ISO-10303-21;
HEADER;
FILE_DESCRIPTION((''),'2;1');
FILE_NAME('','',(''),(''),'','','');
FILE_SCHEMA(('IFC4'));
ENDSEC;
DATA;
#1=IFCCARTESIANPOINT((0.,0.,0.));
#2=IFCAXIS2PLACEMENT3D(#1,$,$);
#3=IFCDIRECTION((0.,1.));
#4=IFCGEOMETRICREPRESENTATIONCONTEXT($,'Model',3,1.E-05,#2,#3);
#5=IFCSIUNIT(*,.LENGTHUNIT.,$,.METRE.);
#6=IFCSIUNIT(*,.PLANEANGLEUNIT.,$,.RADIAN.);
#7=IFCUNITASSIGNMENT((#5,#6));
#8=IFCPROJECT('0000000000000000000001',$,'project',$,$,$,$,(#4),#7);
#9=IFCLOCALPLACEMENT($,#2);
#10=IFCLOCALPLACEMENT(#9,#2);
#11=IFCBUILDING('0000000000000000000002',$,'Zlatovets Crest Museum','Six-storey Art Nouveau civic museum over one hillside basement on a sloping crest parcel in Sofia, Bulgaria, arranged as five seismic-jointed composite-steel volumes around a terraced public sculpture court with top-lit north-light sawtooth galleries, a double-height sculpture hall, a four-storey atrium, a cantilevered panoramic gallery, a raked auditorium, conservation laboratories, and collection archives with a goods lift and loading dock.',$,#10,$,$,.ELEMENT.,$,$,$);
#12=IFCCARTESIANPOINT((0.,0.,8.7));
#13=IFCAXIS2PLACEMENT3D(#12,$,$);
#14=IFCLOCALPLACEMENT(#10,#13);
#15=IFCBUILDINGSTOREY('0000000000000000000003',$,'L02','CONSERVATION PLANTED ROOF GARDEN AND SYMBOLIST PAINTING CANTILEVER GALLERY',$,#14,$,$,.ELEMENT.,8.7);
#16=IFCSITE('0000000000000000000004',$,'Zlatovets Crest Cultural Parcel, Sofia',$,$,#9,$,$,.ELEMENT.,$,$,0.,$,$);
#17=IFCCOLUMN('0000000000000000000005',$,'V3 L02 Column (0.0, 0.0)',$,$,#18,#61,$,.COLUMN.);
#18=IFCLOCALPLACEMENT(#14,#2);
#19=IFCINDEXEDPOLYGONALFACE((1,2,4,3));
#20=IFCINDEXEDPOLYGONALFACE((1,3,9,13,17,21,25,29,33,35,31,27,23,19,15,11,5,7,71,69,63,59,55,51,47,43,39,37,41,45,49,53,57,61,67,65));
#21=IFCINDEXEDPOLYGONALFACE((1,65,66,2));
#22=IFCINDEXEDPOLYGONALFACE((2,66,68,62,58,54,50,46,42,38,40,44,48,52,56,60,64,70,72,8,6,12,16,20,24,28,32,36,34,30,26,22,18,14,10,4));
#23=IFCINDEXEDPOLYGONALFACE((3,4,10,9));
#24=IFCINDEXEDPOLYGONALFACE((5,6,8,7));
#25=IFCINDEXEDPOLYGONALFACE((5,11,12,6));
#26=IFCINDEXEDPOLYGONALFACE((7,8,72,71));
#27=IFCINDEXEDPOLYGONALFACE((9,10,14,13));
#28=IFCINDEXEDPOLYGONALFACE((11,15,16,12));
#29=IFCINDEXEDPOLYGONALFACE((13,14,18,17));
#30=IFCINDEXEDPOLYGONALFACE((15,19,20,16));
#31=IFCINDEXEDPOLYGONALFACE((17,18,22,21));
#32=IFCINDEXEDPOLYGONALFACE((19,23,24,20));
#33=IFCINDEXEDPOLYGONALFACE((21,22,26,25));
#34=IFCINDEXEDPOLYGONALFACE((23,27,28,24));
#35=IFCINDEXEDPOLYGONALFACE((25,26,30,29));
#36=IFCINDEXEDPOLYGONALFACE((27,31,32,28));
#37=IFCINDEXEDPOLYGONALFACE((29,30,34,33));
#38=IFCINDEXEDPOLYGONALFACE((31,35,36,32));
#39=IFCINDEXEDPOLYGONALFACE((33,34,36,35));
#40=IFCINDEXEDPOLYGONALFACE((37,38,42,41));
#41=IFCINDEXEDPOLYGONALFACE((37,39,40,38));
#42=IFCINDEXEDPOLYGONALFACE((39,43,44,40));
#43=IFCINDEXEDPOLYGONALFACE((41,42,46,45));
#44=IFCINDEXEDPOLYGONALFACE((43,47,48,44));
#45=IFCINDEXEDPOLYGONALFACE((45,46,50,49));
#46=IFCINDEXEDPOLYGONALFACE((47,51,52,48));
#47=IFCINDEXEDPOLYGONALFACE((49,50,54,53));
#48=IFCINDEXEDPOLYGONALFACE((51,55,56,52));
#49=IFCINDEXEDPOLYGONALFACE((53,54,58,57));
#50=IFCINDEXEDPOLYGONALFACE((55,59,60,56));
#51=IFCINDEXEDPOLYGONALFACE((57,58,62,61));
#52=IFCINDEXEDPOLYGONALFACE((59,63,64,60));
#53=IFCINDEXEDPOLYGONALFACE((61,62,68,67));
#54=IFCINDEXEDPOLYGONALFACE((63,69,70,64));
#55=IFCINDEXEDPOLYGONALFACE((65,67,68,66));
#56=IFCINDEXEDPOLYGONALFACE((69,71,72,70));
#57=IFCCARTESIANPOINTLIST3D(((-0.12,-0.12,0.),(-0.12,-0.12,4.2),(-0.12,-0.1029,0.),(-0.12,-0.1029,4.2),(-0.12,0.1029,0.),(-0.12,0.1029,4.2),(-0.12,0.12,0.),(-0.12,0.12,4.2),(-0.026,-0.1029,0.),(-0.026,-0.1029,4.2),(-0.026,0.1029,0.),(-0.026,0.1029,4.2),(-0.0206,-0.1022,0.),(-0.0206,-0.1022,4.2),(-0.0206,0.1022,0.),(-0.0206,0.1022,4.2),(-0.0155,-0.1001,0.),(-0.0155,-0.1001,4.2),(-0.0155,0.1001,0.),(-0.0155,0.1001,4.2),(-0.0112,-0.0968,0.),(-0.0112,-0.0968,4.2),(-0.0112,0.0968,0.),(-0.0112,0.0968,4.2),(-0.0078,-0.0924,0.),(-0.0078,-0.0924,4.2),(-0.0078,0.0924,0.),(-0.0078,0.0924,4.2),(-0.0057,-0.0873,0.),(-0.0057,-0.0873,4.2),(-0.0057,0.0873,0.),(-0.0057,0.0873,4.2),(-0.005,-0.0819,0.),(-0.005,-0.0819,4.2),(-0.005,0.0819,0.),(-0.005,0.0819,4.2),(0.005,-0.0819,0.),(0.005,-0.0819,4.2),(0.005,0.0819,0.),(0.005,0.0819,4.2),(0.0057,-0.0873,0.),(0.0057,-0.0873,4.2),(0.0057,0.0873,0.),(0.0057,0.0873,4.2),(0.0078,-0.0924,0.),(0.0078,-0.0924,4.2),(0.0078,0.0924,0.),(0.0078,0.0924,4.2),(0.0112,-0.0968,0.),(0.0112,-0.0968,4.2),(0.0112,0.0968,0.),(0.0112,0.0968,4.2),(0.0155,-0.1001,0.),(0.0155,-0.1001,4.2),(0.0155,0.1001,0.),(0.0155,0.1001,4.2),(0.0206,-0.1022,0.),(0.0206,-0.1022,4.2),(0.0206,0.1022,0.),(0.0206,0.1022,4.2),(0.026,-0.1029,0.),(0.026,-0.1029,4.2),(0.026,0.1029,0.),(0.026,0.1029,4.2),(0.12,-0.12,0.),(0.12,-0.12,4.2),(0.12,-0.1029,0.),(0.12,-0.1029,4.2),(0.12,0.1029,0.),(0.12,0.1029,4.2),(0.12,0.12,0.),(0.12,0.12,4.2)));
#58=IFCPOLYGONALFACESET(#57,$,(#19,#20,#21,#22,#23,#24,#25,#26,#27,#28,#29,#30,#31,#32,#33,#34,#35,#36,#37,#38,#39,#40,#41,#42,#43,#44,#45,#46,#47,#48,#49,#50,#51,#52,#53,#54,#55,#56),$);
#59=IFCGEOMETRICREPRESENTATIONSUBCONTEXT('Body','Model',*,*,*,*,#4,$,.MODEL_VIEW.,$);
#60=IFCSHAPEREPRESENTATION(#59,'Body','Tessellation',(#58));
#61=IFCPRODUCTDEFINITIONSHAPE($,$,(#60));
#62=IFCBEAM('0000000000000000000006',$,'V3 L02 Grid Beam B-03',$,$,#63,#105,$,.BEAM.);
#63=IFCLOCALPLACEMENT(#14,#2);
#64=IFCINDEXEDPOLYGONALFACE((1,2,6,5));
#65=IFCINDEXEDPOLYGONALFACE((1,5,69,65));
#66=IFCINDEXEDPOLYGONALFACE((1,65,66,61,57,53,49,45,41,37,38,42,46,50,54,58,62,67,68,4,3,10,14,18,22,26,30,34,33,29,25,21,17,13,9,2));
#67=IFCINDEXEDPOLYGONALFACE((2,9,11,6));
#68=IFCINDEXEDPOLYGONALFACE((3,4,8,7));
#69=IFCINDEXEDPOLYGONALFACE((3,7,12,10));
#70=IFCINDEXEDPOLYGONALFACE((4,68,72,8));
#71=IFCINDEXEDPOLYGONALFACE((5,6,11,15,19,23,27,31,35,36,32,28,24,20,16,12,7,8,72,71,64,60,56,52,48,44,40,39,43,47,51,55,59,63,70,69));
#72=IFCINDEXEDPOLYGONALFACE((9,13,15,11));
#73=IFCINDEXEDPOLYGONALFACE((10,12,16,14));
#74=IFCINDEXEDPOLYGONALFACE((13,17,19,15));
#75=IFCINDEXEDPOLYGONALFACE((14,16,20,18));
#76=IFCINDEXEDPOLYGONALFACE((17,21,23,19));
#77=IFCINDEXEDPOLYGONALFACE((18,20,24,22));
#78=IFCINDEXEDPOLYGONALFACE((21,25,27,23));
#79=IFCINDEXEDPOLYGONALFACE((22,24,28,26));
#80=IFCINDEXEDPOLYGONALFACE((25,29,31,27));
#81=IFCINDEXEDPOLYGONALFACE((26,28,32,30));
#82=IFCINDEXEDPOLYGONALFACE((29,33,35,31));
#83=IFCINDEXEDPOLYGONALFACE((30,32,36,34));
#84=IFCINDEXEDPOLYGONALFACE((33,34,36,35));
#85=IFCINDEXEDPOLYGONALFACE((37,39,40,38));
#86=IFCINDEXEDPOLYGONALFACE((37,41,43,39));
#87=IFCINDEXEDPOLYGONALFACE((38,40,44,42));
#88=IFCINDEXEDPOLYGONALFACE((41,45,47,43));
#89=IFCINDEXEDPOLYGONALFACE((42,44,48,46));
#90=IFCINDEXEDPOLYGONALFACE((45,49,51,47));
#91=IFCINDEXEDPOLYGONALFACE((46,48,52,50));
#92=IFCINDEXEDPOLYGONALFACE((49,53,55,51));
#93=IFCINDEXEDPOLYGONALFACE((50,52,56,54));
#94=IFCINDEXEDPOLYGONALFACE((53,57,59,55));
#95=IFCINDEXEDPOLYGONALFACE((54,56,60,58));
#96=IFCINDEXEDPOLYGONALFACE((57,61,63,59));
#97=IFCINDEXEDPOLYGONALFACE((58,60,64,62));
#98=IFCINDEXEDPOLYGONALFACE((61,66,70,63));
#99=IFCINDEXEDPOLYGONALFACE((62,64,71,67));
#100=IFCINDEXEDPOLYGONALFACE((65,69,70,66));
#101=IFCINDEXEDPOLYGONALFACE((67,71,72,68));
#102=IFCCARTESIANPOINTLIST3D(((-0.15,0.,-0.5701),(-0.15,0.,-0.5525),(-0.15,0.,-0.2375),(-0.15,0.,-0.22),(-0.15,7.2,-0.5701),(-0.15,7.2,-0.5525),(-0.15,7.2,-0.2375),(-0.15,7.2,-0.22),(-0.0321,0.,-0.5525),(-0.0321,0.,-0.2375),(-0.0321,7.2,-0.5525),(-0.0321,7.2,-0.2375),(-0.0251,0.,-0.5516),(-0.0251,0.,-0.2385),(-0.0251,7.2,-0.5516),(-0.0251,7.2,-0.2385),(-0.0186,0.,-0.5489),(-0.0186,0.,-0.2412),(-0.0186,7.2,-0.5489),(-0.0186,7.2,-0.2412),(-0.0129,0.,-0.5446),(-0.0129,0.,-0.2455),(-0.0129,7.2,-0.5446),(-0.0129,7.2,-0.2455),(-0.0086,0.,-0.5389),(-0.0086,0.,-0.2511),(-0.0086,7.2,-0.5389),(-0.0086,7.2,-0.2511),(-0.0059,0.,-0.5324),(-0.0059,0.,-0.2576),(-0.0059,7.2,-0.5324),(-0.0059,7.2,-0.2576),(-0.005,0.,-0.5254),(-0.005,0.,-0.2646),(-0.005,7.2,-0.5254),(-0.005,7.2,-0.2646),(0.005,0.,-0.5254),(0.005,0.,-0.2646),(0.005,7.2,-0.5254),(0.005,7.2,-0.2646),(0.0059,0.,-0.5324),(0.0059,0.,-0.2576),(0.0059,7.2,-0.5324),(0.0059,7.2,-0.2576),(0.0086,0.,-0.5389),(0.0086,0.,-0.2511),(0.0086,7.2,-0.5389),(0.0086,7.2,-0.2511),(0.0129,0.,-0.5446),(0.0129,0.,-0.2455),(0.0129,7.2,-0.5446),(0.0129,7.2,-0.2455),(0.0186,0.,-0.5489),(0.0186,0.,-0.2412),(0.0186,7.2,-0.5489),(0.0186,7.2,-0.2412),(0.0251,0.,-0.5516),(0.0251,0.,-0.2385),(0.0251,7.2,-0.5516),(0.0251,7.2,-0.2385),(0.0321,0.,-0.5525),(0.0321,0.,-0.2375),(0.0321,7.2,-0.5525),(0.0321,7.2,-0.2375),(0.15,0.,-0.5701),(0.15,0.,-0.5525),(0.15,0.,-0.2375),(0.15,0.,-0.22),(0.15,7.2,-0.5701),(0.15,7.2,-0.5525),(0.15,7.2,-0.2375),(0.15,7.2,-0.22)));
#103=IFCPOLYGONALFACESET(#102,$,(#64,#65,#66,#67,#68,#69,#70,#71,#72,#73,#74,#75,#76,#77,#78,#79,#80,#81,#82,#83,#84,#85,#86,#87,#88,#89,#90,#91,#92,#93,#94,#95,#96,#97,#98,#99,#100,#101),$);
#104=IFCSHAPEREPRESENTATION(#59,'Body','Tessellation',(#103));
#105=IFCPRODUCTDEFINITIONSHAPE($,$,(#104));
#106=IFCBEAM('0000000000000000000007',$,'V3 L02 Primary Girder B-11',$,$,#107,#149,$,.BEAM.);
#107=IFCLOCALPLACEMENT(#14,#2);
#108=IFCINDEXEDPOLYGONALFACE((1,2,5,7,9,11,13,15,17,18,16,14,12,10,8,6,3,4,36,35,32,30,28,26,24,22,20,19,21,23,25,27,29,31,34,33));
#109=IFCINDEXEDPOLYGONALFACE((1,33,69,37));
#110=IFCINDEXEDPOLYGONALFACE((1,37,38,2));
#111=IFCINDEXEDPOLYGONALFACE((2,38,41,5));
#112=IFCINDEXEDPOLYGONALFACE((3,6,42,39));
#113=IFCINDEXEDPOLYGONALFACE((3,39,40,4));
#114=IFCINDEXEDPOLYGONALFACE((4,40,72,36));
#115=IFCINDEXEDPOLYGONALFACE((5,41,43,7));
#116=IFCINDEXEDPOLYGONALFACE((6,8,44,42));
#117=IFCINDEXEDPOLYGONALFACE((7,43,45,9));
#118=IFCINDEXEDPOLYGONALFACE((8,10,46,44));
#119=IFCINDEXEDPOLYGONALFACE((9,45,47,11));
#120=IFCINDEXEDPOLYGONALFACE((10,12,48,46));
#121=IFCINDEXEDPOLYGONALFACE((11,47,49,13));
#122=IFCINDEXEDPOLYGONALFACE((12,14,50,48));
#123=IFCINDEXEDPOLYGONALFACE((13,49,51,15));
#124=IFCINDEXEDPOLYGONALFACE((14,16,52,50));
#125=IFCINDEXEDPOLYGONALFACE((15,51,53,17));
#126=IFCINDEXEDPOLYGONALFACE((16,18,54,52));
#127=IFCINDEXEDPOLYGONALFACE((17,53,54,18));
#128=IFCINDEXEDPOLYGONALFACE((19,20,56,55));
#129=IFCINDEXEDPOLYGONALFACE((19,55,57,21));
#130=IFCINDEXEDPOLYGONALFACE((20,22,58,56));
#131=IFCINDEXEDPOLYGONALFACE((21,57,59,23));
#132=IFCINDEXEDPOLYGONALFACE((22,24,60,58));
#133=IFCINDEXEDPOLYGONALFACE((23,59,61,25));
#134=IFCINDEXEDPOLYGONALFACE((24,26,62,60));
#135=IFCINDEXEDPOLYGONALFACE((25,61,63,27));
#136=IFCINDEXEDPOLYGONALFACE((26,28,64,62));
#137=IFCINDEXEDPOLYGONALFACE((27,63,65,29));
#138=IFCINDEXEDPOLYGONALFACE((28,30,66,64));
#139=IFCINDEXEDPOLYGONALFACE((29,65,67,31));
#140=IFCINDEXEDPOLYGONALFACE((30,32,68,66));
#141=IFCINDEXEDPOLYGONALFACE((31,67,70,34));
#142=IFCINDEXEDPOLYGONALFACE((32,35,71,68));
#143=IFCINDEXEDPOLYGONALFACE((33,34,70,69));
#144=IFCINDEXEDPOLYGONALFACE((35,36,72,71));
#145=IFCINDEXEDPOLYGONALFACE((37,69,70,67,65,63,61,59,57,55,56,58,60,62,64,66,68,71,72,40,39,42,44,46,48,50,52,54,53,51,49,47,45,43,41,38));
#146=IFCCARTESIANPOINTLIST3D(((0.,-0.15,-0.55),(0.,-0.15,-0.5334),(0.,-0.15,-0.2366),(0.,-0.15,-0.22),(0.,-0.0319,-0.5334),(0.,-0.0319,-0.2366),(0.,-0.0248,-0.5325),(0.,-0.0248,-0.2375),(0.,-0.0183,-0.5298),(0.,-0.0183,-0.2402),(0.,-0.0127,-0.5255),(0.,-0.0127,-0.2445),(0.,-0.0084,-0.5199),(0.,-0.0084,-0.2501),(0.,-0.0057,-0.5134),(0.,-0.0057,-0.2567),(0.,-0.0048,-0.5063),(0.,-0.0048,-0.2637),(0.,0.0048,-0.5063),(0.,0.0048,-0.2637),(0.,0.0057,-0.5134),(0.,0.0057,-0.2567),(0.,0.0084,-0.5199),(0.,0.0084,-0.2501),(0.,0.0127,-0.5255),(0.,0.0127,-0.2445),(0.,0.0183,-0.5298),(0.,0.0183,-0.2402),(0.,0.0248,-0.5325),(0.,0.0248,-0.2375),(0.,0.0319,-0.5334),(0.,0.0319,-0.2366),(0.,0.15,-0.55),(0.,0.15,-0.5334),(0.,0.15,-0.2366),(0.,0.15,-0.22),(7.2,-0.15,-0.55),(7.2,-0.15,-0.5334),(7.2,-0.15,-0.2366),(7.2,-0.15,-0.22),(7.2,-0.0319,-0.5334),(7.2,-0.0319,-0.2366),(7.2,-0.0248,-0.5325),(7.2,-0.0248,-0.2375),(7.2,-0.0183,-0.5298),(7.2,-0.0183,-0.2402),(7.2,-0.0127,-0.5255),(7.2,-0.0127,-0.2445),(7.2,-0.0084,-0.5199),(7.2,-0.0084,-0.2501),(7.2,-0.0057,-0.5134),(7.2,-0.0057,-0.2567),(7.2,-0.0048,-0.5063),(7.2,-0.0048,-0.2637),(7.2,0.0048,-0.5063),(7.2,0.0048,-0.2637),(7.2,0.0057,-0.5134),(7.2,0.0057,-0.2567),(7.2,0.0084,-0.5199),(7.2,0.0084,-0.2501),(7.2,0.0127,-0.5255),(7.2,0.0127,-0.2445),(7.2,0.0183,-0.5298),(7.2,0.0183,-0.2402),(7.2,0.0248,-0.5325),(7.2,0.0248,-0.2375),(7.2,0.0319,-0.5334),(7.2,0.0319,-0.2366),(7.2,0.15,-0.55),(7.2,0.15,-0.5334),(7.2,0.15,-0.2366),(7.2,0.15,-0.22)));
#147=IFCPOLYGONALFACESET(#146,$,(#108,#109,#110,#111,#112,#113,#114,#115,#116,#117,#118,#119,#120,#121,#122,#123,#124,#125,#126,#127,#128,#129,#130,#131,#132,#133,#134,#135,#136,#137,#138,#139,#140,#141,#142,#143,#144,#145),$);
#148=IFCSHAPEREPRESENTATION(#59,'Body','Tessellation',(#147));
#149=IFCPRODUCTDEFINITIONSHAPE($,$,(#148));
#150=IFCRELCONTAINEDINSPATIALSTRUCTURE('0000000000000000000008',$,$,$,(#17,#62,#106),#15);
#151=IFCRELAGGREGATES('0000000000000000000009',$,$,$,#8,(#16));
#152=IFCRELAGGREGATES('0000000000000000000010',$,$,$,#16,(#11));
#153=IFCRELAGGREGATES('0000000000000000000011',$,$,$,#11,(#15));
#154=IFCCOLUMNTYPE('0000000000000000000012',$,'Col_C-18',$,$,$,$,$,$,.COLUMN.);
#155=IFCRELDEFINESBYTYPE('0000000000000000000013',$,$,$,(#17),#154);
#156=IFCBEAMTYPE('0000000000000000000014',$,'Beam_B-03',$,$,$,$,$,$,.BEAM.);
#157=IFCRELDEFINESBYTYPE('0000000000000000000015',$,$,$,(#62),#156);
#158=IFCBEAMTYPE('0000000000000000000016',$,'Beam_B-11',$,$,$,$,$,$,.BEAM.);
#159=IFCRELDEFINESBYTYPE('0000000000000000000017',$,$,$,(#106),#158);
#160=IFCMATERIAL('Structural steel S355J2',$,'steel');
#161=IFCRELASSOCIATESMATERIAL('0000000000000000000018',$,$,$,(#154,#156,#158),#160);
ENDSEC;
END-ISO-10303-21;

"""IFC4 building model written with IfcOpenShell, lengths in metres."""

from ifc_helpers import new_model, si_unit, direction, frame, origin, origin_with_axes, origin_2d, place, context, subcontext, project, spatial, i_section, extrude, material, material_profile, profile_set, type_object, element, save


model = new_model("IFC4")

# Units and contexts
model_context = context("Model", 3, precision=1e-05, world=origin(), true_north=direction((0.0, 1.0)))
body_context = subcontext(model_context, "Body", "Model", "MODEL_VIEW")
ifc_project = project(units=[si_unit("LENGTHUNIT", "METRE"), si_unit("PLANEANGLEUNIT", "RADIAN")], contexts=[model_context])

# Site, building, storey
site_placement = place(None, origin())
site = spatial("IfcSite", under=ifc_project, at=site_placement, Name="Zlatovets Crest Cultural Parcel, Sofia", CompositionType="ELEMENT", RefElevation=0.0)
building_placement = place(site_placement, origin())
building = spatial("IfcBuilding", under=site, at=building_placement, Name="Zlatovets Crest Museum", Description="Six-storey Art Nouveau civic museum over one hillside basement on a sloping crest parcel in Sofia, Bulgaria, arranged as five seismic-jointed composite-steel volumes around a terraced public sculpture court with top-lit north-light sawtooth galleries, a double-height sculpture hall, a four-storey atrium, a cantilevered panoramic gallery, a raked auditorium, conservation laboratories, and collection archives with a goods lift and loading dock.", CompositionType="ELEMENT")
storey_placement = place(building_placement, frame((0.0, 0.0, 8.7)))
storey = spatial("IfcBuildingStorey", under=building, at=storey_placement, Name="L02", Description="CONSERVATION PLANTED ROOF GARDEN AND SYMBOLIST PAINTING CANTILEVER GALLERY", CompositionType="ELEMENT", Elevation=8.7)

# Column
ifc_material_1 = material(Name="Structural steel S355J2", Category="steel")
ifc_material_profile_1 = material_profile(ifc_material_1, i_section(OverallWidth=0.24, OverallDepth=0.24, WebThickness=0.01, FlangeThickness=0.0171, FilletRadius=0.021, at=origin_2d()), Name="HEB 240")
ifc_profile_set_1 = profile_set([ifc_material_profile_1], Name="Structural steel S355J2")
column_type = type_object("IfcColumnType", Name="Col_C-18", PredefinedType="COLUMN", material=ifc_profile_set_1)
column_placement = place(storey_placement, origin_with_axes())
element("IfcColumn", 1, at=column_placement, inside=storey, type_object=column_type, Name="V3 L02 Column (0.0, 0.0)", PredefinedType="COLUMN", context=body_context, shape_type="SweptSolid", body=[
    extrude(i_section(OverallWidth=0.24, OverallDepth=0.24, WebThickness=0.01, FlangeThickness=0.0171, FilletRadius=0.021, at=origin_2d()), origin(), (0.0, 0.0, 1.0), 4.2),
])

# Beams
ifc_material_profile_2 = material_profile(ifc_material_1, i_section(OverallWidth=0.3, OverallDepth=0.3501, WebThickness=0.01, FlangeThickness=0.0176, FilletRadius=0.0271, at=origin_2d()), Name="HEA 360")
ifc_profile_set_2 = profile_set([ifc_material_profile_2], Name="Structural steel S355J2")
beam_type_1 = type_object("IfcBeamType", Name="Beam_B-03", PredefinedType="BEAM", material=ifc_profile_set_2)
beam_1_placement = place(storey_placement, frame((0.0, 0.0, -0.395), z_axis=(0.0, 1.0, 0.0), x_axis=(-1.0, 0.0, 0.0)))
element("IfcBeam", 2, at=beam_1_placement, inside=storey, type_object=beam_type_1, Name="V3 L02 Grid Beam B-03", PredefinedType="BEAM", context=body_context, shape_type="SweptSolid", body=[
    extrude(i_section(OverallWidth=0.3, OverallDepth=0.3501, WebThickness=0.01, FlangeThickness=0.0176, FilletRadius=0.0271, at=origin_2d()), origin(), (0.0, 0.0, 1.0), 7.2),
])
ifc_material_profile_3 = material_profile(ifc_material_1, i_section(OverallWidth=0.3, OverallDepth=0.3301, WebThickness=0.0095, FlangeThickness=0.0166, FilletRadius=0.0271, at=origin_2d()), Name="HEA 340")
ifc_profile_set_3 = profile_set([ifc_material_profile_3], Name="Structural steel S355J2")
beam_type_2 = type_object("IfcBeamType", Name="Beam_B-11", PredefinedType="BEAM", material=ifc_profile_set_3)
beam_2_placement = place(storey_placement, frame((0.0, 0.0, -0.385), z_axis=(1.0, 0.0, 0.0), x_axis=(0.0, 1.0, 0.0)))
element("IfcBeam", 3, at=beam_2_placement, inside=storey, type_object=beam_type_2, Name="V3 L02 Primary Girder B-11", PredefinedType="BEAM", context=body_context, shape_type="SweptSolid", body=[
    extrude(i_section(OverallWidth=0.3, OverallDepth=0.3301, WebThickness=0.0095, FlangeThickness=0.0166, FilletRadius=0.0271, at=origin_2d()), origin(), (0.0, 0.0, 1.0), 7.2),
])

save(model, "model.ifc")
